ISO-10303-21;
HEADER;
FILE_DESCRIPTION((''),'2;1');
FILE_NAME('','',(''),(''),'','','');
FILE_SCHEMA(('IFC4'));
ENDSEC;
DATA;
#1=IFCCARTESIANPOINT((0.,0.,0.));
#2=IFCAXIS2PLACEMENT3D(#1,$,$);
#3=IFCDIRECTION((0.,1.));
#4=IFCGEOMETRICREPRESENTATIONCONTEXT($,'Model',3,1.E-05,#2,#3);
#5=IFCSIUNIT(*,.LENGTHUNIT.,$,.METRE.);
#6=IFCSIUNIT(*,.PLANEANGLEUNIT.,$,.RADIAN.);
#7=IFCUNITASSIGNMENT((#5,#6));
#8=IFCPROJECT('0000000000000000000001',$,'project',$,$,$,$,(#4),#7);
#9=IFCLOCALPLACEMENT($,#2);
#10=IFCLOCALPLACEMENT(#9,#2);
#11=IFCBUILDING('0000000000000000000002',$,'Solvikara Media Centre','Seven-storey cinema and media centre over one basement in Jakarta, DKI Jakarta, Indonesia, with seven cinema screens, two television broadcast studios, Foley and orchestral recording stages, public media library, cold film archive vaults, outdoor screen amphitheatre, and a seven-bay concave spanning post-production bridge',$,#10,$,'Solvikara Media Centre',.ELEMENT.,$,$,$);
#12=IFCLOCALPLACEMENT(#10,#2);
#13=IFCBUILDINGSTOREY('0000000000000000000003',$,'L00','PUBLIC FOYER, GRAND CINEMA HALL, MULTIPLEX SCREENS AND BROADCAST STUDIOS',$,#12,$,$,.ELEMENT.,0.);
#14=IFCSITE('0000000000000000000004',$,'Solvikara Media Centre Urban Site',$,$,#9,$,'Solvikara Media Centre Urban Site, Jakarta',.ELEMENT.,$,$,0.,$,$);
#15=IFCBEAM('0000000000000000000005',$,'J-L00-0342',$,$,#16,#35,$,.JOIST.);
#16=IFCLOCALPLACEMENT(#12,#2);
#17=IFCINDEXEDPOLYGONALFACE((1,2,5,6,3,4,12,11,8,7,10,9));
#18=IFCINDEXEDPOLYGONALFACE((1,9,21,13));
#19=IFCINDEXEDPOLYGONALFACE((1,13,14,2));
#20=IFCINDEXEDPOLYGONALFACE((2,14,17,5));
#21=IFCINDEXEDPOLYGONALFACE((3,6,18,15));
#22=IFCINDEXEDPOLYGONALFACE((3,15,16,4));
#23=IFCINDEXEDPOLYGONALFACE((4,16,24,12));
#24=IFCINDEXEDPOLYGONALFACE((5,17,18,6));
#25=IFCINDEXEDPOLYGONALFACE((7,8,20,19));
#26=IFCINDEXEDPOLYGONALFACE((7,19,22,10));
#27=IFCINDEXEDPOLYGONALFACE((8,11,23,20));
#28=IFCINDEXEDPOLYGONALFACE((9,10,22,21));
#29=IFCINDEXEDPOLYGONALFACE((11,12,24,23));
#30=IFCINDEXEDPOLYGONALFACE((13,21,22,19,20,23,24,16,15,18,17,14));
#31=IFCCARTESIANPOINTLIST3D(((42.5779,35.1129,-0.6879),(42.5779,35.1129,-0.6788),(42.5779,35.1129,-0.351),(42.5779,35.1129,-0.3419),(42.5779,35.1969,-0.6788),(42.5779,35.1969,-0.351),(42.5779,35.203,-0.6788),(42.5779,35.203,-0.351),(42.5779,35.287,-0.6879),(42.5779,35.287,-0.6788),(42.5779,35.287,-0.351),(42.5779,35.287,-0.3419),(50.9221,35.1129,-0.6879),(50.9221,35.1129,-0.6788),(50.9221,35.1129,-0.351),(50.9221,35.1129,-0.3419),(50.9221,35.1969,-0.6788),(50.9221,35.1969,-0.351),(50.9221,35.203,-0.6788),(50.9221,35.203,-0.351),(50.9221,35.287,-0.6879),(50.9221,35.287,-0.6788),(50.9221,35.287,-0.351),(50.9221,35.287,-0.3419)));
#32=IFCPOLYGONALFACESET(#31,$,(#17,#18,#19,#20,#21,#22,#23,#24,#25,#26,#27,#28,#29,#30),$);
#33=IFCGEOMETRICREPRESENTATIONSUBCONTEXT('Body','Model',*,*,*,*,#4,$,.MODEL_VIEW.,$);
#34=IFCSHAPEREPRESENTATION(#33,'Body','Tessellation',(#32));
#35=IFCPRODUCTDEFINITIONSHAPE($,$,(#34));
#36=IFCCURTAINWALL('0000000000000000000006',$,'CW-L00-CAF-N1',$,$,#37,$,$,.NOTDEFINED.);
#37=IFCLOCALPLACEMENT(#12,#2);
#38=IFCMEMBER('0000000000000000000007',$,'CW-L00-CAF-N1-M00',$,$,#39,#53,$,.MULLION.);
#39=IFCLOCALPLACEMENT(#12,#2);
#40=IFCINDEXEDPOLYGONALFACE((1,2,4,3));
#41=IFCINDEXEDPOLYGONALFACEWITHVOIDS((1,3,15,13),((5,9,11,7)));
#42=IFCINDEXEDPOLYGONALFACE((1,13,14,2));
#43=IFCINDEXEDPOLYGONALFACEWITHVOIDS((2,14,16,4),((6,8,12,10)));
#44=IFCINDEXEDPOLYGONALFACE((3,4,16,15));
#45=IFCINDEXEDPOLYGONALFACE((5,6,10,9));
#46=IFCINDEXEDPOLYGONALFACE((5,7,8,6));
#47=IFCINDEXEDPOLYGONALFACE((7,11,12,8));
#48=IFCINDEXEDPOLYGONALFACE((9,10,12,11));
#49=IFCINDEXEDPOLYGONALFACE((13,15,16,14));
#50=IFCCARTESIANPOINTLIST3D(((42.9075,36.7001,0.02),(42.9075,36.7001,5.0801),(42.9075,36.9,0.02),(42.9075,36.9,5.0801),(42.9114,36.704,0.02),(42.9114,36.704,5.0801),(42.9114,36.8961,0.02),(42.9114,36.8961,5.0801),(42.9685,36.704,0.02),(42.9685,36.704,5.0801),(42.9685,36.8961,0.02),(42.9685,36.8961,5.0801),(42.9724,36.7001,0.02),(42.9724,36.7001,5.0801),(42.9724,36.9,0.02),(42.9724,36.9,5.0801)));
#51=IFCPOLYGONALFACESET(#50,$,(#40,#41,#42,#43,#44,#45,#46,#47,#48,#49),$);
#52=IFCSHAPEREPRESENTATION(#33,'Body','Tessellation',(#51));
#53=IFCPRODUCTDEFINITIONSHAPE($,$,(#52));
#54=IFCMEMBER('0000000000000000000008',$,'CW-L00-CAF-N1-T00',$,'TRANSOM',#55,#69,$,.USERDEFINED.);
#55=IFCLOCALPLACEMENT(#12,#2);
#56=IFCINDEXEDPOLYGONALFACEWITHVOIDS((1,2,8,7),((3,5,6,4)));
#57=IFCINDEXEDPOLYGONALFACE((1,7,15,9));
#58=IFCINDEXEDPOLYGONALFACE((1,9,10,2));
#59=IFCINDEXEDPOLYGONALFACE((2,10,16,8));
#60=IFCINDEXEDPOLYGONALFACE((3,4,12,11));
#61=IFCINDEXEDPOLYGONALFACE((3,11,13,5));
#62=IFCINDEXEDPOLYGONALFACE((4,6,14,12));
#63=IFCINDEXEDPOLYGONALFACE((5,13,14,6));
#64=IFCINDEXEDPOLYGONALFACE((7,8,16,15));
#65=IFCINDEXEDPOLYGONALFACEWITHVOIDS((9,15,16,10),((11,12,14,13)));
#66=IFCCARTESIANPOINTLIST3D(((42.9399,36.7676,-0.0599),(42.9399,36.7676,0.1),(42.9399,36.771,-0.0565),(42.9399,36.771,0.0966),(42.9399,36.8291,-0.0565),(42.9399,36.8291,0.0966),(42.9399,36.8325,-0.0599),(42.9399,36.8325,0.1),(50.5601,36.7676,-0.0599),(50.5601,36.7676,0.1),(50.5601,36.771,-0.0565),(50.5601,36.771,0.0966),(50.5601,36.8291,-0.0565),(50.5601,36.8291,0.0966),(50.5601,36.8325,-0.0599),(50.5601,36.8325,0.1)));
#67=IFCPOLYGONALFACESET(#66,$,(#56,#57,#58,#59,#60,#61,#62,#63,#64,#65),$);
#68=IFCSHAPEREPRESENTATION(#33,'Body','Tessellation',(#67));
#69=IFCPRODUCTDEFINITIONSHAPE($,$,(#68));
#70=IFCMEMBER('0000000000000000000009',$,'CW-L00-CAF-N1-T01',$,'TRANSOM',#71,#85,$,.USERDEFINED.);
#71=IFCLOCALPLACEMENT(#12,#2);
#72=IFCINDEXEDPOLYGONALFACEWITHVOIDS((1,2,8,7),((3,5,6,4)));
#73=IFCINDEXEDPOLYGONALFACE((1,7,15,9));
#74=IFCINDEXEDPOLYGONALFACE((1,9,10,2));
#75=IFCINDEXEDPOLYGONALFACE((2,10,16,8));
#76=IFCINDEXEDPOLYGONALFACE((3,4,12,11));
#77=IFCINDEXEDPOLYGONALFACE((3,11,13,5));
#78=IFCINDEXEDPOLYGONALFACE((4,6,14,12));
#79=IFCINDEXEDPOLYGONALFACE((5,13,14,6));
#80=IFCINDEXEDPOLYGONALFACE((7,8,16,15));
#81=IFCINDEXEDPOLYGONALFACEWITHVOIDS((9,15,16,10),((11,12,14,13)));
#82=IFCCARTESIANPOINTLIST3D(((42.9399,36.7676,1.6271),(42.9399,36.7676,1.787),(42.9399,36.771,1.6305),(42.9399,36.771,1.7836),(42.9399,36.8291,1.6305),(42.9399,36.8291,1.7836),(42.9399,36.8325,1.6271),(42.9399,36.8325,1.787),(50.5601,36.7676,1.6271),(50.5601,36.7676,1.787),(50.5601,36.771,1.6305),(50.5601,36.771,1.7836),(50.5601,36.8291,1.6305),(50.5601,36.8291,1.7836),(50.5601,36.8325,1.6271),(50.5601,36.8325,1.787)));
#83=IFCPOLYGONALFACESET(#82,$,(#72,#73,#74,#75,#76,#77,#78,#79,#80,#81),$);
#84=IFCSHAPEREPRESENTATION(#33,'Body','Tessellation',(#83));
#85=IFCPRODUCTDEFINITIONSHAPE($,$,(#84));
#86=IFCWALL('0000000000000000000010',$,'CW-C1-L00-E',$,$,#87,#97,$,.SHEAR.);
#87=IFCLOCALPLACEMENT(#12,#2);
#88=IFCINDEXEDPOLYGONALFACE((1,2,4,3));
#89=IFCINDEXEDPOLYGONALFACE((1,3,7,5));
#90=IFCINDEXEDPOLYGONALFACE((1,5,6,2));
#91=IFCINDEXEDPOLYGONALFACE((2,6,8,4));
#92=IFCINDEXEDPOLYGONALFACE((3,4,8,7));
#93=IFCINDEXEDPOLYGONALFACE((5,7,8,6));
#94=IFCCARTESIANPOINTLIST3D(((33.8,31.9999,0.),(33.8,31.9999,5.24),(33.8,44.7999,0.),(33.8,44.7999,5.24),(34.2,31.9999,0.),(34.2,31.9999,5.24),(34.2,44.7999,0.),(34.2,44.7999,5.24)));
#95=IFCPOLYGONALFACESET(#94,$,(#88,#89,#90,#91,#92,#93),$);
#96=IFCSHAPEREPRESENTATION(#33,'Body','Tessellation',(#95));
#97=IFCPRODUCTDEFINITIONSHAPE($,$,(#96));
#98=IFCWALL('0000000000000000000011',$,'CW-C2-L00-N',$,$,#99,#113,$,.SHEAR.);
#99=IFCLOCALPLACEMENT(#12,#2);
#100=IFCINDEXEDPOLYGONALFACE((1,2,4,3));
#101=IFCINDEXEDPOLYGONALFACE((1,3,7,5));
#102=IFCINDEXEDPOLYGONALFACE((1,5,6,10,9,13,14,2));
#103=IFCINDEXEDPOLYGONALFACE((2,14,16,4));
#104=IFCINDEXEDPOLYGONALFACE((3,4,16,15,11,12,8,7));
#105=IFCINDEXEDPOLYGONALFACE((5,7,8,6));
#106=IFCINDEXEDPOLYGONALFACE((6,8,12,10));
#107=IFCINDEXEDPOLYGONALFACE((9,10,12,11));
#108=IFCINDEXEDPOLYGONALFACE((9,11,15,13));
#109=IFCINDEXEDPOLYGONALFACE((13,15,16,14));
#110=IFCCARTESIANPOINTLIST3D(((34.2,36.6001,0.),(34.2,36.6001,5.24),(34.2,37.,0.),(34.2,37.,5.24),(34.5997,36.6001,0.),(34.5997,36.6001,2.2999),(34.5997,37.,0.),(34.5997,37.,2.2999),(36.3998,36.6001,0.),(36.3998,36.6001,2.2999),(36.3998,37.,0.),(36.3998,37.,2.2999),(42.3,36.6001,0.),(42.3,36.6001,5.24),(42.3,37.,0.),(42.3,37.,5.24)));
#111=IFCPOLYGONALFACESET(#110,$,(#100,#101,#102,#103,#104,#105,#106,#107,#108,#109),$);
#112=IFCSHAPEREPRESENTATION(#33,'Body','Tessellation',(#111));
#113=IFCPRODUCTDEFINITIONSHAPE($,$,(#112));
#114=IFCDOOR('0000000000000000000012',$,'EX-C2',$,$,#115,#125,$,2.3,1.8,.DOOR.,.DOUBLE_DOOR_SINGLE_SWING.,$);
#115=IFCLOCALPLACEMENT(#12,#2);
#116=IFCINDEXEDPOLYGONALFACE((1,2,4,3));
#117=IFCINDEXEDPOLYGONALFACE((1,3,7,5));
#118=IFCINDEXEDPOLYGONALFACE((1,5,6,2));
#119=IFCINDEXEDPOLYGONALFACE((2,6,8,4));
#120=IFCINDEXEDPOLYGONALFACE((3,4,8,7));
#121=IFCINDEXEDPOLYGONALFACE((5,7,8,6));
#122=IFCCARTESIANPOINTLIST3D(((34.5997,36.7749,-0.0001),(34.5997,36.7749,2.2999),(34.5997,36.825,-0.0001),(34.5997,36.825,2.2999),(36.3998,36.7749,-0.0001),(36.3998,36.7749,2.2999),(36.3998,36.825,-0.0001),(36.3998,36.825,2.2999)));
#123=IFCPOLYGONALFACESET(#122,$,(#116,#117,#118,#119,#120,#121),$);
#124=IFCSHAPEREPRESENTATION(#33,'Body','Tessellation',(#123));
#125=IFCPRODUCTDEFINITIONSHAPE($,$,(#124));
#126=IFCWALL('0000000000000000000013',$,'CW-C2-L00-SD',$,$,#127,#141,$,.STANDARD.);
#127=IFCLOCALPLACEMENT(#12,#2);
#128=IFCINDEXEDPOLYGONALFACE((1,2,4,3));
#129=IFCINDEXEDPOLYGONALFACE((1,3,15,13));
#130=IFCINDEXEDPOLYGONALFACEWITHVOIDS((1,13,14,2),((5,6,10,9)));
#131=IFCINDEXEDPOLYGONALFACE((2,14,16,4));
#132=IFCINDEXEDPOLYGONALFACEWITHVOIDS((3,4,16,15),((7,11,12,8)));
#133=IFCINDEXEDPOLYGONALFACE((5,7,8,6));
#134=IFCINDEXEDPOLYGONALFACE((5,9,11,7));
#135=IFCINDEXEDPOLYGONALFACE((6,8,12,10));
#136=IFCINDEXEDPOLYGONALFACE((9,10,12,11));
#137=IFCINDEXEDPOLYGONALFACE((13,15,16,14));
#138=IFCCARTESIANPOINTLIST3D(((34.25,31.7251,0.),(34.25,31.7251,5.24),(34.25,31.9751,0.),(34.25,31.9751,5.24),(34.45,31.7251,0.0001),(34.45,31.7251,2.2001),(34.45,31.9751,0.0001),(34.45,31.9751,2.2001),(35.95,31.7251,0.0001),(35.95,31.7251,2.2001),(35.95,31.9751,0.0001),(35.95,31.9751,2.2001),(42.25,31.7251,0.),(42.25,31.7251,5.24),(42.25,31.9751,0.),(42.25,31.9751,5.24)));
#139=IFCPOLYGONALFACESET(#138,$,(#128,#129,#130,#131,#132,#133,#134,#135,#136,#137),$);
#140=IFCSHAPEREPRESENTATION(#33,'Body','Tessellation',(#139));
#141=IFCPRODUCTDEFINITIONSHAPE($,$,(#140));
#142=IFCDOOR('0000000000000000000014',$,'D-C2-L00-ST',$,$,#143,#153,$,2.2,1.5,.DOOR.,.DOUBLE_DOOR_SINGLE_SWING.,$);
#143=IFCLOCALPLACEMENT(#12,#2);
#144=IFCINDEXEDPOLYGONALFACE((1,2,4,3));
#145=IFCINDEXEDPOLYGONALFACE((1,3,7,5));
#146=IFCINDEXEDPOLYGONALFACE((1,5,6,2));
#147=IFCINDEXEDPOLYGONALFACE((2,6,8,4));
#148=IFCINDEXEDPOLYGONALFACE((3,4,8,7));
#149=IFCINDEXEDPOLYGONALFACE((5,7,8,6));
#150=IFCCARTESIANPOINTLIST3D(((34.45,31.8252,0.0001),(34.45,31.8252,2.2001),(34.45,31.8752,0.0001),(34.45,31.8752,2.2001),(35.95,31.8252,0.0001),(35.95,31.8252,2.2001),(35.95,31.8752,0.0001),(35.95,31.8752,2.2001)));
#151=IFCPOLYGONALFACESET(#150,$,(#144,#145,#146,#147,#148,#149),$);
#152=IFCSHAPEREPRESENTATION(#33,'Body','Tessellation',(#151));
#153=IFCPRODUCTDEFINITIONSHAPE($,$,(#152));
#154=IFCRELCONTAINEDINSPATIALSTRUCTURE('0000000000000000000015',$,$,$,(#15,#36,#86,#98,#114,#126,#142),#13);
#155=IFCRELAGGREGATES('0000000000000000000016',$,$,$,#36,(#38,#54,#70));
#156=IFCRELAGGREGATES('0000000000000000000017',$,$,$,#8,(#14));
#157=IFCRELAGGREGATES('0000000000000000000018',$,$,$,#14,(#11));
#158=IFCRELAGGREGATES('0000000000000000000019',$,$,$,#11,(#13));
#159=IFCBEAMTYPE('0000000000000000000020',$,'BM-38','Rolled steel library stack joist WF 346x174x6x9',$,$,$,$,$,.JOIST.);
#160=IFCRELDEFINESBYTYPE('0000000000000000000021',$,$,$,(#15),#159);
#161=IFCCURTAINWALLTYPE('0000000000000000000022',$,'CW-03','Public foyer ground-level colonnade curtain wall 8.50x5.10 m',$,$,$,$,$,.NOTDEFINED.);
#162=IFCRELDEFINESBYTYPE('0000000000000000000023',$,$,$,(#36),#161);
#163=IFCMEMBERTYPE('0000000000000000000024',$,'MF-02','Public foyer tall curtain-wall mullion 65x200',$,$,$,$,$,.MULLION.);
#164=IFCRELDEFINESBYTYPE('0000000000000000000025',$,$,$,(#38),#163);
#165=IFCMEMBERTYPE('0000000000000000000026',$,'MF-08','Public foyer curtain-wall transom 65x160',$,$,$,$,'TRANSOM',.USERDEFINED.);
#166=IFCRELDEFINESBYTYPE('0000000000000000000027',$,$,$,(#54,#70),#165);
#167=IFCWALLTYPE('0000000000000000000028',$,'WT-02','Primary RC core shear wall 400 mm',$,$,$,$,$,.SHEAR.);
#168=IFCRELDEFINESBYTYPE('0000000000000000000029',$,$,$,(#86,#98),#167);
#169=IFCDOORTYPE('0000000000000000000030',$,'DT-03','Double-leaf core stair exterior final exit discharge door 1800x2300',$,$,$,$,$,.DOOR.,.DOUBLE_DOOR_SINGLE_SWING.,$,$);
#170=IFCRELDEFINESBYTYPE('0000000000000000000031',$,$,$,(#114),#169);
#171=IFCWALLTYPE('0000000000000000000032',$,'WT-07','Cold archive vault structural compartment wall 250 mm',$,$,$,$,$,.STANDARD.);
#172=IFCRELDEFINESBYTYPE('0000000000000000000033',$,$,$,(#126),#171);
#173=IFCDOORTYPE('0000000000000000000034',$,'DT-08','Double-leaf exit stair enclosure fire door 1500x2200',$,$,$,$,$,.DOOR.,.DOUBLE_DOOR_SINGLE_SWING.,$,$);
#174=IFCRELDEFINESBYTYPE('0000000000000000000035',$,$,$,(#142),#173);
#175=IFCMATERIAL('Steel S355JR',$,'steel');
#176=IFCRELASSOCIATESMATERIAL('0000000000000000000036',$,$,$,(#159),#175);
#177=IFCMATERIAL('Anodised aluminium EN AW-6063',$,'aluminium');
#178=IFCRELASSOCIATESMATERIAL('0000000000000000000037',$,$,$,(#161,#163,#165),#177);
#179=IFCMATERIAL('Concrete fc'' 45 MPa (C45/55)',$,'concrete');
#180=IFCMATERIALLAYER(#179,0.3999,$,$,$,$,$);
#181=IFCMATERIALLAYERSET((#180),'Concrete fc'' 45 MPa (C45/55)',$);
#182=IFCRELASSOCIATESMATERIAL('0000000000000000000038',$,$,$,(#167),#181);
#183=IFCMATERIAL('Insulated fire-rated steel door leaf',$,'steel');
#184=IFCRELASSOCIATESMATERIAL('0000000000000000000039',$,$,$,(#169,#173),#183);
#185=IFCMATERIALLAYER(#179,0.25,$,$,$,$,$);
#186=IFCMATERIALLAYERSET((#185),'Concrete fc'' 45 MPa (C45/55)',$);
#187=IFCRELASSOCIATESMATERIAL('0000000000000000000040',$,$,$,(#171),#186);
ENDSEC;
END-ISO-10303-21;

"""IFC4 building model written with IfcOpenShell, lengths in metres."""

from ifc_helpers import new_model, si_unit, direction, frame, frame_2d, origin, origin_2d, place, context, subcontext, project, spatial, rectangle, hollow_rectangle, i_section, extrude, material, layer, layer_set, material_profile, profile_set, type_object, element, fill, aggregate, save


model = new_model("IFC4")

# Units and contexts
model_context = context("Model", 3, precision=1e-05, world=origin(), true_north=direction((0.0, 1.0)))
body_context = subcontext(model_context, "Body", "Model", "MODEL_VIEW")
ifc_project = project(units=[si_unit("LENGTHUNIT", "METRE"), si_unit("PLANEANGLEUNIT", "RADIAN")], contexts=[model_context])

# Site, building, storey
site_placement = place(None, origin())
site = spatial("IfcSite", under=ifc_project, at=site_placement, Name="Solvikara Media Centre Urban Site", LongName="Solvikara Media Centre Urban Site, Jakarta", CompositionType="ELEMENT", RefElevation=0.0)
building_placement = place(site_placement, origin())
building = spatial("IfcBuilding", under=site, at=building_placement, Name="Solvikara Media Centre", Description="Seven-storey cinema and media centre over one basement in Jakarta, DKI Jakarta, Indonesia, with seven cinema screens, two television broadcast studios, Foley and orchestral recording stages, public media library, cold film archive vaults, outdoor screen amphitheatre, and a seven-bay concave spanning post-production bridge", LongName="Solvikara Media Centre", CompositionType="ELEMENT")
storey_placement = place(building_placement, origin())
storey = spatial("IfcBuildingStorey", under=building, at=storey_placement, Name="L00", Description="PUBLIC FOYER, GRAND CINEMA HALL, MULTIPLEX SCREENS AND BROADCAST STUDIOS", CompositionType="ELEMENT", Elevation=0.0)

# Shared definitions
ifc_material_1 = material(Name="Concrete fc' 45 MPa (C45/55)", Category="concrete")

# Beam
ifc_material_2 = material(Name="Steel S355JR", Category="steel")
ifc_material_profile_1 = material_profile(ifc_material_2, i_section(OverallWidth=0.1741, OverallDepth=0.3459, WebThickness=0.0061, FlangeThickness=0.009, at=origin_2d()), Name="WF 346x174x6x9")
ifc_profile_set_1 = profile_set([ifc_material_profile_1], Name="Steel S355JR")
beam_type_1 = type_object("IfcBeamType", Name="BM-38", Description="Rolled steel library stack joist WF 346x174x6x9", PredefinedType="JOIST", material=ifc_profile_set_1)
beam_1_placement = place(storey_placement, frame((42.5779, 35.2, -0.5149), z_axis=(1.0, 0.0, 0.0), x_axis=(0.0, 1.0, 0.0)))
element("IfcBeam", 1, at=beam_1_placement, inside=storey, type_object=beam_type_1, Name="J-L00-0342", PredefinedType="JOIST", context=body_context, shape_type="SweptSolid", body=[
    extrude(i_section(OverallWidth=0.1741, OverallDepth=0.3459, WebThickness=0.0061, FlangeThickness=0.009, at=origin_2d()), origin(), (0.0, 0.0, 1.0), 8.3442),
])

# Curtain wall, members
ifc_material_3 = material(Name="Anodised aluminium EN AW-6063", Category="aluminium")
curtain_wall_type = type_object("IfcCurtainWallType", Name="CW-03", Description="Public foyer ground-level colonnade curtain wall 8.50x5.10 m", PredefinedType="NOTDEFINED", material=ifc_material_3)
curtain_wall_placement = place(storey_placement, origin())
curtain_wall = element("IfcCurtainWall", 2, at=curtain_wall_placement, inside=storey, type_object=curtain_wall_type, Name="CW-L00-CAF-N1", PredefinedType="NOTDEFINED")
ifc_material_profile_2 = material_profile(ifc_material_3, hollow_rectangle(XDim=0.0649, YDim=0.2, WallThickness=0.0039, at=origin_2d()), Name="ALU-M 65x200x4")
ifc_profile_set_2 = profile_set([ifc_material_profile_2], Name="Anodised aluminium EN AW-6063")
member_type_1 = type_object("IfcMemberType", Name="MF-02", Description="Public foyer tall curtain-wall mullion 65x200", PredefinedType="MULLION", material=ifc_profile_set_2)
member_1_placement = place(storey_placement, frame((42.9399, 36.8, 0.02), z_axis=(0.0, 0.0, 1.0), x_axis=(1.0, 0.0, 0.0)))
member_1 = element("IfcMember", 3, at=member_1_placement, type_object=member_type_1, Name="CW-L00-CAF-N1-M00", PredefinedType="MULLION", context=body_context, shape_type="SweptSolid", body=[
    extrude(hollow_rectangle(XDim=0.0649, YDim=0.2, WallThickness=0.0039, at=origin_2d()), origin(), (0.0, 0.0, 1.0), 5.0601),
])
ifc_material_profile_3 = material_profile(ifc_material_3, hollow_rectangle(XDim=0.0649, YDim=0.1599, WallThickness=0.0034, at=origin_2d()), Name="ALU-T 65x160x3.5")
ifc_profile_set_3 = profile_set([ifc_material_profile_3], Name="Anodised aluminium EN AW-6063")
member_type_2 = type_object("IfcMemberType", Name="MF-08", Description="Public foyer curtain-wall transom 65x160", ElementType="TRANSOM", PredefinedType="USERDEFINED", material=ifc_profile_set_3)
member_2_placement = place(storey_placement, frame((42.9399, 36.8, 0.02), z_axis=(1.0, 0.0, 0.0), x_axis=(0.0, 1.0, 0.0)))
member_2 = element("IfcMember", 4, at=member_2_placement, type_object=member_type_2, Name="CW-L00-CAF-N1-T00", ObjectType="TRANSOM", PredefinedType="USERDEFINED", context=body_context, shape_type="SweptSolid", body=[
    extrude(hollow_rectangle(XDim=0.0649, YDim=0.1599, WallThickness=0.0034, at=origin_2d()), origin(), (0.0, 0.0, 1.0), 7.6201),
])
member_3_placement = place(storey_placement, frame((42.9399, 36.8, 1.707), z_axis=(1.0, 0.0, 0.0), x_axis=(0.0, 1.0, 0.0)))
member_3 = element("IfcMember", 5, at=member_3_placement, type_object=member_type_2, Name="CW-L00-CAF-N1-T01", ObjectType="TRANSOM", PredefinedType="USERDEFINED", context=body_context, shape_type="SweptSolid", body=[
    extrude(hollow_rectangle(XDim=0.0649, YDim=0.1599, WallThickness=0.0034, at=origin_2d()), origin(), (0.0, 0.0, 1.0), 7.6201),
])
aggregate(curtain_wall, [member_1, member_2, member_3])

# Wall
ifc_layer_1 = layer(ifc_material_1, 0.3999)
ifc_layer_set_1 = layer_set([ifc_layer_1], Name="Concrete fc' 45 MPa (C45/55)")
wall_type_1 = type_object("IfcWallType", Name="WT-02", Description="Primary RC core shear wall 400 mm", PredefinedType="SHEAR", material=ifc_layer_set_1)
wall_1_placement = place(storey_placement, frame((34.0, 32.0, 0.0), z_axis=(0.0, 0.0, 1.0), x_axis=(0.0, 1.0, 0.0)))
element("IfcWall", 6, at=wall_1_placement, inside=storey, type_object=wall_type_1, Name="CW-C1-L00-E", PredefinedType="SHEAR", context=body_context, shape_type="SweptSolid", body=[
    extrude(rectangle(XDim=12.8, YDim=0.3999, at=frame_2d((6.3999, 0.0))), origin(), (0.0, 0.0, 1.0), 5.24),
])

# Walls, openings, doors
wall_2_placement = place(storey_placement, frame((34.2, 36.8, 0.0), z_axis=(0.0, 0.0, 1.0), x_axis=(1.0, 0.0, 0.0)))
wall_2 = element("IfcWall", 7, at=wall_2_placement, inside=storey, type_object=wall_type_1, Name="CW-C2-L00-N", PredefinedType="SHEAR", context=body_context, shape_type="SweptSolid", body=[
    extrude(rectangle(XDim=8.1001, YDim=0.3999, at=frame_2d((4.05, 0.0))), origin(), (0.0, 0.0, 1.0), 5.24),
])
opening_1_placement = place(wall_2_placement, frame((0.3999, 0.0, 0.0)))
opening_1 = element("IfcOpeningElement", 8, at=opening_1_placement, cuts=wall_2, PredefinedType="OPENING", context=body_context, shape_type="SweptSolid", body=[
    extrude(rectangle(XDim=1.8, YDim=2.3, at=frame_2d((0.8999, 1.1499))), frame((0.0, 0.2119, 0.0), z_axis=(0.0, -1.0, 0.0), x_axis=(1.0, 0.0, 0.0)), (0.0, 0.0, 1.0), 0.4238),
])
ifc_material_4 = material(Name="Insulated fire-rated steel door leaf", Category="steel")
door_type_1 = type_object("IfcDoorType", Name="DT-03", Description="Double-leaf core stair exterior final exit discharge door 1800x2300", OperationType="DOUBLE_DOOR_SINGLE_SWING", PredefinedType="DOOR", material=ifc_material_4)
door_1_placement = place(opening_1_placement, origin())
door_1 = element("IfcDoor", 9, at=door_1_placement, inside=storey, type_object=door_type_1, Name="EX-C2", OperationType="DOUBLE_DOOR_SINGLE_SWING", OverallHeight=2.3, OverallWidth=1.8, PredefinedType="DOOR", context=body_context, shape_type="SweptSolid", body=[
    extrude(rectangle(XDim=1.8, YDim=2.3, at=frame_2d((0.8999, 1.1499))), frame((0.0, 0.0249, 0.0), z_axis=(0.0, -1.0, 0.0), x_axis=(1.0, 0.0, 0.0)), (0.0, 0.0, 1.0), 0.05),
])
fill(opening_1, door_1)
ifc_layer_2 = layer(ifc_material_1, 0.25)
ifc_layer_set_2 = layer_set([ifc_layer_2], Name="Concrete fc' 45 MPa (C45/55)")
wall_type_2 = type_object("IfcWallType", Name="WT-07", Description="Cold archive vault structural compartment wall 250 mm", PredefinedType="STANDARD", material=ifc_layer_set_2)
wall_3_placement = place(storey_placement, frame((34.25, 31.8501, 0.0), z_axis=(0.0, 0.0, 1.0), x_axis=(1.0, 0.0, 0.0)))
wall_3 = element("IfcWall", 10, at=wall_3_placement, inside=storey, type_object=wall_type_2, Name="CW-C2-L00-SD", PredefinedType="STANDARD", context=body_context, shape_type="SweptSolid", body=[
    extrude(rectangle(XDim=8.0, YDim=0.25, at=frame_2d((4.0, 0.0))), origin(), (0.0, 0.0, 1.0), 5.24),
])
opening_2_placement = place(wall_3_placement, frame((0.2, 0.0, 0.0)))
opening_2 = element("IfcOpeningElement", 11, at=opening_2_placement, cuts=wall_3, PredefinedType="OPENING", context=body_context, shape_type="SweptSolid", body=[
    extrude(rectangle(XDim=1.5, YDim=2.2, at=frame_2d((0.75, 1.1001))), frame((0.0, 0.137, 0.0), z_axis=(0.0, -1.0, 0.0), x_axis=(1.0, 0.0, 0.0)), (0.0, 0.0, 1.0), 0.2739),
])
door_type_2 = type_object("IfcDoorType", Name="DT-08", Description="Double-leaf exit stair enclosure fire door 1500x2200", OperationType="DOUBLE_DOOR_SINGLE_SWING", PredefinedType="DOOR", material=ifc_material_4)
door_2_placement = place(opening_2_placement, frame((1.5, 0.0, 0.0), z_axis=(0.0, 0.0, 1.0), x_axis=(-1.0, 0.0, 0.0)))
door_2 = element("IfcDoor", 12, at=door_2_placement, inside=storey, type_object=door_type_2, Name="D-C2-L00-ST", OperationType="DOUBLE_DOOR_SINGLE_SWING", OverallHeight=2.2, OverallWidth=1.5, PredefinedType="DOOR", context=body_context, shape_type="SweptSolid", body=[
    extrude(rectangle(XDim=1.5, YDim=2.2, at=frame_2d((0.75, 1.1001))), frame((0.0, 0.0249, 0.0), z_axis=(0.0, -1.0, 0.0), x_axis=(1.0, 0.0, 0.0)), (0.0, 0.0, 1.0), 0.05),
])
fill(opening_2, door_2)

save(model, "model.ifc")
